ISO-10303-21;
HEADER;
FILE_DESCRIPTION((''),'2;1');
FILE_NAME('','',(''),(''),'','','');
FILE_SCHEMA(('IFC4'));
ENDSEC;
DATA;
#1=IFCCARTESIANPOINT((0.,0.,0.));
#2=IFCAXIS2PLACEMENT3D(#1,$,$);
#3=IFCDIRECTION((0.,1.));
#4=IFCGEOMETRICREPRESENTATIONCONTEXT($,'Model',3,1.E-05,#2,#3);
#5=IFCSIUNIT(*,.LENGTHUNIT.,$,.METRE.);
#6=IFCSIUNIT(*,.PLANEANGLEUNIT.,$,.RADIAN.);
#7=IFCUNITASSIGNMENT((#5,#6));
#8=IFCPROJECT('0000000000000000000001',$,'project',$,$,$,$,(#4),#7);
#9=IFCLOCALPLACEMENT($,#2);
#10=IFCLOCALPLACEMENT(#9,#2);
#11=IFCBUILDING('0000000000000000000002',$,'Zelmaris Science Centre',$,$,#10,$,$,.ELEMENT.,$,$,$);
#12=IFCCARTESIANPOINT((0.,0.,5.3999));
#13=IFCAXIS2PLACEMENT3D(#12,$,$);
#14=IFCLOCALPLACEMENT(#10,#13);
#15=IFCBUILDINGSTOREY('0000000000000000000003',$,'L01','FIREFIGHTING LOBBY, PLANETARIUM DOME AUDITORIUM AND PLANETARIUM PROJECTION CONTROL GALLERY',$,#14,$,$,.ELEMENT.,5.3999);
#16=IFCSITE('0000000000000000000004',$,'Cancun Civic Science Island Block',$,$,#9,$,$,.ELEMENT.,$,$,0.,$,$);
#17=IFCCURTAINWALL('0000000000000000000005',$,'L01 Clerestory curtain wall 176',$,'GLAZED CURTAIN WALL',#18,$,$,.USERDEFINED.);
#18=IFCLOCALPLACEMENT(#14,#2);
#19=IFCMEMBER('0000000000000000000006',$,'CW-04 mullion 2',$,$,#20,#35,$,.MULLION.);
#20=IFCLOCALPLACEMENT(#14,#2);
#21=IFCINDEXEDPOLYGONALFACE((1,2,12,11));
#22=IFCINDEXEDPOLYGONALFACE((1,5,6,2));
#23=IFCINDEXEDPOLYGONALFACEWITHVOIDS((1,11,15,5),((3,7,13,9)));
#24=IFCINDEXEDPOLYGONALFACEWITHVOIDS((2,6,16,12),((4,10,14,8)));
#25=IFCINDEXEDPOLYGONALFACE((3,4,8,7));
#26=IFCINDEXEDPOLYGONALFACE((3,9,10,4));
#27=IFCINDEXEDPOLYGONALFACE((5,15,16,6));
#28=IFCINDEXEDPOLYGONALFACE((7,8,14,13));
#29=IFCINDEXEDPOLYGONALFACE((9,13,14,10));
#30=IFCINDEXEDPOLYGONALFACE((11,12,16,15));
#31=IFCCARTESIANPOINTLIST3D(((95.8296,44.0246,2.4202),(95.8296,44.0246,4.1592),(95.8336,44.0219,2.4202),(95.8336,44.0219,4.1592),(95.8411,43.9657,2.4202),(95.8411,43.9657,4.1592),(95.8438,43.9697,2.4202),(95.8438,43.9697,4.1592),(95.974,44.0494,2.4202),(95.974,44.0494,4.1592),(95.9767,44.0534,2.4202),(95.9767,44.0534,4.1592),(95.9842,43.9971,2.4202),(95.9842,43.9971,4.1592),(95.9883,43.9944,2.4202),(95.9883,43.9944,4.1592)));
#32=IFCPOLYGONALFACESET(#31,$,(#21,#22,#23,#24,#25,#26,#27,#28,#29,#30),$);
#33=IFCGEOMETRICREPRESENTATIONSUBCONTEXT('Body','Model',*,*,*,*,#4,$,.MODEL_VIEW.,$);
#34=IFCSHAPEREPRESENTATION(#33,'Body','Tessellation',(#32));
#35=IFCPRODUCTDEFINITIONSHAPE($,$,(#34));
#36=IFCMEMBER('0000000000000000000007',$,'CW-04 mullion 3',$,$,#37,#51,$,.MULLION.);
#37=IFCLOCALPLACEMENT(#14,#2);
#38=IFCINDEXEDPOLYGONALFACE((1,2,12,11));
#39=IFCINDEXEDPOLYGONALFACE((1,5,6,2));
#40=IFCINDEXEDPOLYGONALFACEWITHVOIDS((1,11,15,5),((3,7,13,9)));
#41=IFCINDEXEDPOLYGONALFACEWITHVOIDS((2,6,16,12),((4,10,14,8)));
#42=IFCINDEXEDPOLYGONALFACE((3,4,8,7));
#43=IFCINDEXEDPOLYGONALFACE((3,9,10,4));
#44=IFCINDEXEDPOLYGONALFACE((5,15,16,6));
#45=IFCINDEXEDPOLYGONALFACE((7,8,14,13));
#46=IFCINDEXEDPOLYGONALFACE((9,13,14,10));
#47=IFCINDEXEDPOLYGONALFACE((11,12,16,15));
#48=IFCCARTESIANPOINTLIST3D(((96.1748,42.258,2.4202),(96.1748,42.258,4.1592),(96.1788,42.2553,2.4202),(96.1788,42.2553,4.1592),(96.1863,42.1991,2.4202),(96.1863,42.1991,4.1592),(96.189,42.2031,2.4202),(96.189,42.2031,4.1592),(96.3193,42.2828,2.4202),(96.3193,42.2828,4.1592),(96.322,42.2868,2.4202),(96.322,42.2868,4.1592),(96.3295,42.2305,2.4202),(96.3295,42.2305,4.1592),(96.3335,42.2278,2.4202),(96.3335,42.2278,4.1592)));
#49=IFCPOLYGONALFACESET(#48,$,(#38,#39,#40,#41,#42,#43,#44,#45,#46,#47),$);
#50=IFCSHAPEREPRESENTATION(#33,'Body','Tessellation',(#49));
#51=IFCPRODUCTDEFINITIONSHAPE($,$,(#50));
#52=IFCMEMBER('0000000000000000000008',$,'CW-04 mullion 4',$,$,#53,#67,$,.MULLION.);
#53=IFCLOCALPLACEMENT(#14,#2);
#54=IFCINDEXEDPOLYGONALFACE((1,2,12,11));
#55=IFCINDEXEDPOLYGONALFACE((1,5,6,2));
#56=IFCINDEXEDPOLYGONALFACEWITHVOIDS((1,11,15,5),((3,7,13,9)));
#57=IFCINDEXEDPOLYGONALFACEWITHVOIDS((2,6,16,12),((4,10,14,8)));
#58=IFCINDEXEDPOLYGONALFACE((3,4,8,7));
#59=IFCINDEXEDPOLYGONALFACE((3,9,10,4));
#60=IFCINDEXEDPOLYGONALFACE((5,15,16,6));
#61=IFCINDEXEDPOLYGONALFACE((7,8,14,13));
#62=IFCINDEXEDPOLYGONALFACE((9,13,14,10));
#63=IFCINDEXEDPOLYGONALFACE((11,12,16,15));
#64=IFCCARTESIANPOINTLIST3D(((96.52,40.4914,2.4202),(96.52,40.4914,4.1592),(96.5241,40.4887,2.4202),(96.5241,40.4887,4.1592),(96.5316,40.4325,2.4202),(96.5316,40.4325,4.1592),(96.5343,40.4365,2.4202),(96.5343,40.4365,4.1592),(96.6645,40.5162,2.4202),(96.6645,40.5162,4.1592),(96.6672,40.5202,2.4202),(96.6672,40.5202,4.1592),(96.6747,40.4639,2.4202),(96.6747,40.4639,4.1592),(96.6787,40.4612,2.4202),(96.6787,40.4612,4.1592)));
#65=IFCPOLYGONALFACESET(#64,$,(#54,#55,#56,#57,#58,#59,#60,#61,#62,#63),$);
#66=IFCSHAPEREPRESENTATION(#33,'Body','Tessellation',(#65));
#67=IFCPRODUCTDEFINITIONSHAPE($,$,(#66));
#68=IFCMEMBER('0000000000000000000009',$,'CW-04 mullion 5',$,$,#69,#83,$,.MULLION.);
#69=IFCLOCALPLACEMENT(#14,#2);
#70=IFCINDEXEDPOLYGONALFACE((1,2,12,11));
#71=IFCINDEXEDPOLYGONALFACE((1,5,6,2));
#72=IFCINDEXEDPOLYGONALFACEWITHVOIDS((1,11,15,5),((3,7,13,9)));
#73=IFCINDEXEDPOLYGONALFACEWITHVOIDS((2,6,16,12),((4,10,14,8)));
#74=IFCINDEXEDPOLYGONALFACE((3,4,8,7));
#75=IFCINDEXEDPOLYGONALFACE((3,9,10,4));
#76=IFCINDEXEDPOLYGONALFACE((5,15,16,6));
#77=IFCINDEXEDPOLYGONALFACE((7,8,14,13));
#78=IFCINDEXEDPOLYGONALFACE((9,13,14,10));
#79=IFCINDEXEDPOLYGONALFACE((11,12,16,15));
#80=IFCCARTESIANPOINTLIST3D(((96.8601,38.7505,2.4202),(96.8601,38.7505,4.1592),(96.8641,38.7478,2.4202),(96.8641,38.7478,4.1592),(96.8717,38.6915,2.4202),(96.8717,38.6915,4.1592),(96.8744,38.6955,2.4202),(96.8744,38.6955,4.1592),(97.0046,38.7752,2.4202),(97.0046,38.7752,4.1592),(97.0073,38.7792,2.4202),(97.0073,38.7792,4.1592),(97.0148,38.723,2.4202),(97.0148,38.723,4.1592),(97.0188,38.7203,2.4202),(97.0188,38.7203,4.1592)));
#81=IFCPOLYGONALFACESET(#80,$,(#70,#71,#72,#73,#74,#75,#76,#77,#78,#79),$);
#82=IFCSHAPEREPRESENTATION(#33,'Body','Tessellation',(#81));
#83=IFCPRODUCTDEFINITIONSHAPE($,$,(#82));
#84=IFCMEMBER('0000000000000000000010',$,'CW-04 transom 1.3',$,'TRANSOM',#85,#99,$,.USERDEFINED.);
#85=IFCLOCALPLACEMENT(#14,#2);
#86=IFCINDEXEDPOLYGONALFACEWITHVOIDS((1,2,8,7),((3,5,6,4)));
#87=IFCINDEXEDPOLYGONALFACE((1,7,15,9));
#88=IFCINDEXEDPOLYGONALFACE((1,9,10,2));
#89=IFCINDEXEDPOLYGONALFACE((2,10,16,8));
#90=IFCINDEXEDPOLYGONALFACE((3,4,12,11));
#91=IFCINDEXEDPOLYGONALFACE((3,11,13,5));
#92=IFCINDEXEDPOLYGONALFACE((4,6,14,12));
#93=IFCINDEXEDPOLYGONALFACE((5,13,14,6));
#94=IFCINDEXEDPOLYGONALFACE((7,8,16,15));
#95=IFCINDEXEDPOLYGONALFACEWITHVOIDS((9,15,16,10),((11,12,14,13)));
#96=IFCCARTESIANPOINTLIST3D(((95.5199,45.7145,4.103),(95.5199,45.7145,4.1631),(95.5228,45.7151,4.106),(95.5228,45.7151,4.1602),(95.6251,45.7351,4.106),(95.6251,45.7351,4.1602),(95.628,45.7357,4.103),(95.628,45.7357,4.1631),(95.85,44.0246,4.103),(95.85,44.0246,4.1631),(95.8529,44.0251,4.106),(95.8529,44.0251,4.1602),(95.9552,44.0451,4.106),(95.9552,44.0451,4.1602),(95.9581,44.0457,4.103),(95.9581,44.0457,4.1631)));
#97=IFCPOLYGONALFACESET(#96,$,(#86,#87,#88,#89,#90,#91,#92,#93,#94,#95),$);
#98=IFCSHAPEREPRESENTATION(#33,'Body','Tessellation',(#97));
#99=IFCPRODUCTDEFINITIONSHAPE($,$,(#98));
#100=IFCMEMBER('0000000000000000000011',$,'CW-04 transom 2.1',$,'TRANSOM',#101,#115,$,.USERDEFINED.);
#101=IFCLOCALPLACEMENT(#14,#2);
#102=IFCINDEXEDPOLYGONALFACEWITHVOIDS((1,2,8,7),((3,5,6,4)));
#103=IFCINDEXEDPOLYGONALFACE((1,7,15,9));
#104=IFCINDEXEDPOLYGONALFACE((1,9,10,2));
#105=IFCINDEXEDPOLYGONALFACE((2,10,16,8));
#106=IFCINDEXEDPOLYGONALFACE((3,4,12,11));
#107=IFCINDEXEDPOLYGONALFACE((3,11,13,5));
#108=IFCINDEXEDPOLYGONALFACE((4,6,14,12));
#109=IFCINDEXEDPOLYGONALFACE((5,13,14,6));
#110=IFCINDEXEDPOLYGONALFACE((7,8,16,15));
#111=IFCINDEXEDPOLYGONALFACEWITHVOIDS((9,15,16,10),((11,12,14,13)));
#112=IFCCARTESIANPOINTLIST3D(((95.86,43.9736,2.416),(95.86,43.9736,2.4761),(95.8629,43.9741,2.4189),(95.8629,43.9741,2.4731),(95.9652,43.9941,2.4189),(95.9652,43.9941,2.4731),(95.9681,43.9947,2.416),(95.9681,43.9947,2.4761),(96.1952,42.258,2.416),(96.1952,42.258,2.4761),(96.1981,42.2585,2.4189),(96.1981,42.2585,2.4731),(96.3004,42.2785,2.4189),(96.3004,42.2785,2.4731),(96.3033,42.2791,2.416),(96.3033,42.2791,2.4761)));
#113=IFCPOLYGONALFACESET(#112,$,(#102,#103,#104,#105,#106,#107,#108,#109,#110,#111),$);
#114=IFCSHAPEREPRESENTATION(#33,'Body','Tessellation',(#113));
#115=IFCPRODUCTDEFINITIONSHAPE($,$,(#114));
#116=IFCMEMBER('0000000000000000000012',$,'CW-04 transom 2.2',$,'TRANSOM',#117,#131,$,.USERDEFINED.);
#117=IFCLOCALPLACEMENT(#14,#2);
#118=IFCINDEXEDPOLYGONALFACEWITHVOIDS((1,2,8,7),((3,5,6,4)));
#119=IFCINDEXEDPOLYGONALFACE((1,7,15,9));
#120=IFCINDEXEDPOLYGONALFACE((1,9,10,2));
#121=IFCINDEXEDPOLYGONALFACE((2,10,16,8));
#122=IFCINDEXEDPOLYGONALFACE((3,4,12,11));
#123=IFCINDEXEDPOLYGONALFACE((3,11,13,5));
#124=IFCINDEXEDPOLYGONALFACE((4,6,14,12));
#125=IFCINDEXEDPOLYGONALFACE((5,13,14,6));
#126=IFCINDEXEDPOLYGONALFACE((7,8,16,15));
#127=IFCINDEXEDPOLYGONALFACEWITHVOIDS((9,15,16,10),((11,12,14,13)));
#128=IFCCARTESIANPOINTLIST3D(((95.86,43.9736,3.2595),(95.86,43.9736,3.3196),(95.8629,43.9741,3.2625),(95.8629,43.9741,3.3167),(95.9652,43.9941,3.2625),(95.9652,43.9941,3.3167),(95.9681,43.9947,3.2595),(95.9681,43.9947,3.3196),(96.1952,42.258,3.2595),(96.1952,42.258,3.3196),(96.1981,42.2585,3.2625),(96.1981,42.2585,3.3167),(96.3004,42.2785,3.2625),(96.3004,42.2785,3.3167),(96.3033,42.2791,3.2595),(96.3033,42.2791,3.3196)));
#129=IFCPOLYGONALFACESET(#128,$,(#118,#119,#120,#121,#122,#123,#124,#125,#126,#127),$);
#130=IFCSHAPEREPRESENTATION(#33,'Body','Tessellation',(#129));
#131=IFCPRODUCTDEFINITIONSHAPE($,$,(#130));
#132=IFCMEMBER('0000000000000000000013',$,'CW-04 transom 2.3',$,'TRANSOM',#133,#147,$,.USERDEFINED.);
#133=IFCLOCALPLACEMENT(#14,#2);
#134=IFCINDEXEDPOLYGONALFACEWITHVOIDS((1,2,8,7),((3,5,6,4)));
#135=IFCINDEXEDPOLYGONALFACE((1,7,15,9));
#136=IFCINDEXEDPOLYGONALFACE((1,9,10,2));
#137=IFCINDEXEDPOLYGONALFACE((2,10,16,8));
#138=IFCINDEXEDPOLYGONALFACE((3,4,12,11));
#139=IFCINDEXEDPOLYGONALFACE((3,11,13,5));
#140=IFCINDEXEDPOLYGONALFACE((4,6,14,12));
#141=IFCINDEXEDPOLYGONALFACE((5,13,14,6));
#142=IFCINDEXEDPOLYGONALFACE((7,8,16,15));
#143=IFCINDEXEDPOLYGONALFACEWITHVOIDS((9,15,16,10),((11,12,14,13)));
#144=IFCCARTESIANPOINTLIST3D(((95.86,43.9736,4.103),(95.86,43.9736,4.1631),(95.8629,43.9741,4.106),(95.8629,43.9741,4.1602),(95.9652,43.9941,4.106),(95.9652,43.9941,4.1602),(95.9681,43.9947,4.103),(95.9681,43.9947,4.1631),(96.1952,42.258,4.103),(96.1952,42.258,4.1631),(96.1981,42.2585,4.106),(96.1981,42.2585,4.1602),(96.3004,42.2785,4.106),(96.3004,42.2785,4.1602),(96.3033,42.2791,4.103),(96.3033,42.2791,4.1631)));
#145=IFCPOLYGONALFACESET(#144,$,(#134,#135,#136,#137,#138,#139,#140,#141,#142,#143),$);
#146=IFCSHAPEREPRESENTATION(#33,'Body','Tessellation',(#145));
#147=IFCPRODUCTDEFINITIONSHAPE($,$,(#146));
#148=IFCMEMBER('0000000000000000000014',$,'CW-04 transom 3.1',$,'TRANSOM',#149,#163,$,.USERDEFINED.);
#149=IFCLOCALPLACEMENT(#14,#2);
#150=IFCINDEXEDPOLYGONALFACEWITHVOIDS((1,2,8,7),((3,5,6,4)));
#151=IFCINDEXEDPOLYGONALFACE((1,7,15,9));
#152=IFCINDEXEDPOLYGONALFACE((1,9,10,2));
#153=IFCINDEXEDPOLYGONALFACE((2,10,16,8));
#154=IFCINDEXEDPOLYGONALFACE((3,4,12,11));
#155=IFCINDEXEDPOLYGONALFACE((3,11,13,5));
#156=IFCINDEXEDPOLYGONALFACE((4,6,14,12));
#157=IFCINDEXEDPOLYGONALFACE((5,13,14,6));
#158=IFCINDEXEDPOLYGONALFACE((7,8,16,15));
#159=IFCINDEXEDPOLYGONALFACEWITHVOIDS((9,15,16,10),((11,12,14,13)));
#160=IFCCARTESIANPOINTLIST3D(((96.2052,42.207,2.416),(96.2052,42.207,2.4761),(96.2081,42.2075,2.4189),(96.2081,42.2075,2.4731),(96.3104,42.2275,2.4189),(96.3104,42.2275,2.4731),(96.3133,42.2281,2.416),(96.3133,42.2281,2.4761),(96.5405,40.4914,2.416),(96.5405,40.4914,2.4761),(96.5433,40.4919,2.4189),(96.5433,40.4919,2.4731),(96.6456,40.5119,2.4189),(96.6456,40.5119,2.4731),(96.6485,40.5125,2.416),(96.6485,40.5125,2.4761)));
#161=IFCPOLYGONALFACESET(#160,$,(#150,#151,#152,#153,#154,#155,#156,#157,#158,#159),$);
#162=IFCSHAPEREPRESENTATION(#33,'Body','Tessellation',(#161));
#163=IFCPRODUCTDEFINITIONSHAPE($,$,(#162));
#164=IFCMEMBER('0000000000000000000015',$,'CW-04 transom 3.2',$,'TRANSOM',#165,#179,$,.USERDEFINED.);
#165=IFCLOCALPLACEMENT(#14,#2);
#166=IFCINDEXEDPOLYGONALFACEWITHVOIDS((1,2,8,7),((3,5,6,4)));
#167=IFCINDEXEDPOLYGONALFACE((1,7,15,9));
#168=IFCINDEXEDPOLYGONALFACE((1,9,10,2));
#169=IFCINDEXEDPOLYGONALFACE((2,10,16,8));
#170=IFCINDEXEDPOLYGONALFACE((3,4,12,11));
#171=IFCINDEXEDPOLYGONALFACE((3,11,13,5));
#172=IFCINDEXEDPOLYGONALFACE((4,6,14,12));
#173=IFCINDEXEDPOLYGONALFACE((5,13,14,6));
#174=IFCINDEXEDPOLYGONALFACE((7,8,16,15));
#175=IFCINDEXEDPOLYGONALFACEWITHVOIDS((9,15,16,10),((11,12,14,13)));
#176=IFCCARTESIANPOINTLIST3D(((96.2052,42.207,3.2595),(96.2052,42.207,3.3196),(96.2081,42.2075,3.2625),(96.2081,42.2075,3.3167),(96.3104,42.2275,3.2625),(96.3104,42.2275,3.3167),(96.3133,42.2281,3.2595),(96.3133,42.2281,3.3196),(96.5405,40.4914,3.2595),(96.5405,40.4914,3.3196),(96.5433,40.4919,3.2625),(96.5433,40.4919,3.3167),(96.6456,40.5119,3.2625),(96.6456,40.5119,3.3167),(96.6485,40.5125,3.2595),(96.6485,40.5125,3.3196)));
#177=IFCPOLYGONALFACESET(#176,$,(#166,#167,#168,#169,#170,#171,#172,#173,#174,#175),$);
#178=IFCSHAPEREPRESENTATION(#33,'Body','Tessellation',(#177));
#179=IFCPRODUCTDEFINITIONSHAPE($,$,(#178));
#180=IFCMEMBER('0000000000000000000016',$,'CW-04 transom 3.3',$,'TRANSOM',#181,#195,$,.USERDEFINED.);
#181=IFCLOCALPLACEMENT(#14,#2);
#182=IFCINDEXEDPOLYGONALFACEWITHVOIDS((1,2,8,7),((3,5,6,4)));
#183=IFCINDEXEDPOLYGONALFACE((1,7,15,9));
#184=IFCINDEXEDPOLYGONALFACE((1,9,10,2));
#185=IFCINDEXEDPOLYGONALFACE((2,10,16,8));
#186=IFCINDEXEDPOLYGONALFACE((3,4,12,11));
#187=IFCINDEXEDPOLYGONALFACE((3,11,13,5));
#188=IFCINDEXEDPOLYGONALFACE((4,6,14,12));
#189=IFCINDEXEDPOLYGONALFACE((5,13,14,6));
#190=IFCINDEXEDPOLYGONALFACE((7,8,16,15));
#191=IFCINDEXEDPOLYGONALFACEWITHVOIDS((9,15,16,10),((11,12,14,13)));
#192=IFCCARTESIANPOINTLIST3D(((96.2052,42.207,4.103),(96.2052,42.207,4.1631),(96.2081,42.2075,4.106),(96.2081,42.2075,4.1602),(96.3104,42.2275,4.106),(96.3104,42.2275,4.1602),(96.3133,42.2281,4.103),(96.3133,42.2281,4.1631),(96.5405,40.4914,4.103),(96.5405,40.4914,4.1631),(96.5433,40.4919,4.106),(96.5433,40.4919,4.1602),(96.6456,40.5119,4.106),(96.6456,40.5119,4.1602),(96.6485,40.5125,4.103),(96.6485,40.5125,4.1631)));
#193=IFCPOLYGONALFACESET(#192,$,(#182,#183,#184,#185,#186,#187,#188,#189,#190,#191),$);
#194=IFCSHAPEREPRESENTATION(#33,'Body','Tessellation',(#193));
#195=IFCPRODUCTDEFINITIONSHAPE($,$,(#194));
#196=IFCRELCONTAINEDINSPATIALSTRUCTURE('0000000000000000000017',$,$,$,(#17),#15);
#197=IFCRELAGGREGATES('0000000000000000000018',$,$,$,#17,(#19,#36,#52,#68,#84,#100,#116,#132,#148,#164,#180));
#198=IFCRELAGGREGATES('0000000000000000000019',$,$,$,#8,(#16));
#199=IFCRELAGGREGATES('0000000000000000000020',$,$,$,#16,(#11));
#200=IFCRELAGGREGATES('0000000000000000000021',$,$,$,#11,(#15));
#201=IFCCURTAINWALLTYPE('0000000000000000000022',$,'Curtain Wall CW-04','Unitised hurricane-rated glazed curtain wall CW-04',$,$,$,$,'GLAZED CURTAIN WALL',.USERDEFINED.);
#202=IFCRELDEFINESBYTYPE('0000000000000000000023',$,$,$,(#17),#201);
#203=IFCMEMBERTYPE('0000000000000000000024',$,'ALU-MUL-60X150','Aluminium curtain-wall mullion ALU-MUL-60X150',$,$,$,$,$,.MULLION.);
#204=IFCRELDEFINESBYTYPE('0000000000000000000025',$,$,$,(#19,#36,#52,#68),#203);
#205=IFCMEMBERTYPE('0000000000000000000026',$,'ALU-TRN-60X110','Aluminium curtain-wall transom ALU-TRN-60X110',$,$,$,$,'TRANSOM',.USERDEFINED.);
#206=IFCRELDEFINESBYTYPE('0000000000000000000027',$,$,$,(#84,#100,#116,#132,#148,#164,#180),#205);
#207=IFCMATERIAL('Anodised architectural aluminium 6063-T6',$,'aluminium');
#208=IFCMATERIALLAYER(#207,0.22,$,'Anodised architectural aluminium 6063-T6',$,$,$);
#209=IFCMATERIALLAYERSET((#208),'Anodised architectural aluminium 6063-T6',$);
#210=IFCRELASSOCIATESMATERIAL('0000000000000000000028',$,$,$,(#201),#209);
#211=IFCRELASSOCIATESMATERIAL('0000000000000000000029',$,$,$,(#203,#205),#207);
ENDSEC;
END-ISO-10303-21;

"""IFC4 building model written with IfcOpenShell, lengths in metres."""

from ifc_helpers import new_model, si_unit, direction, frame, origin, origin_2d, place, context, subcontext, project, spatial, hollow_rectangle, extrude, material, layer, layer_set, material_profile, profile_set, type_object, element, aggregate, save


model = new_model("IFC4")

# Units and contexts
model_context = context("Model", 3, precision=1e-05, world=origin(), true_north=direction((0.0, 1.0)))
body_context = subcontext(model_context, "Body", "Model", "MODEL_VIEW")
ifc_project = project(units=[si_unit("LENGTHUNIT", "METRE"), si_unit("PLANEANGLEUNIT", "RADIAN")], contexts=[model_context])

# Site, building, storey
site_placement = place(None, origin())
site = spatial("IfcSite", under=ifc_project, at=site_placement, Name="Cancun Civic Science Island Block", CompositionType="ELEMENT", RefElevation=0.0)
building_placement = place(site_placement, origin())
building = spatial("IfcBuilding", under=site, at=building_placement, Name="Zelmaris Science Centre", CompositionType="ELEMENT")
storey_placement = place(building_placement, frame((0.0, 0.0, 5.3999)))
storey = spatial("IfcBuildingStorey", under=building, at=storey_placement, Name="L01", Description="FIREFIGHTING LOBBY, PLANETARIUM DOME AUDITORIUM AND PLANETARIUM PROJECTION CONTROL GALLERY", CompositionType="ELEMENT", Elevation=5.3999)

# Curtain wall, members
ifc_material_1 = material(Name="Anodised architectural aluminium 6063-T6", Category="aluminium")
ifc_layer_1 = layer(ifc_material_1, 0.22, Name="Anodised architectural aluminium 6063-T6")
ifc_layer_set_1 = layer_set([ifc_layer_1], Name="Anodised architectural aluminium 6063-T6")
curtain_wall_type = type_object("IfcCurtainWallType", Name="Curtain Wall CW-04", Description="Unitised hurricane-rated glazed curtain wall CW-04", ElementType="GLAZED CURTAIN WALL", PredefinedType="USERDEFINED", material=ifc_layer_set_1)
curtain_wall_placement = place(storey_placement, origin())
curtain_wall = element("IfcCurtainWall", 1, at=curtain_wall_placement, inside=storey, type_object=curtain_wall_type, Name="L01 Clerestory curtain wall 176", ObjectType="GLAZED CURTAIN WALL", PredefinedType="USERDEFINED")
ifc_material_profile_1 = material_profile(ifc_material_1, hollow_rectangle(XDim=0.0601, YDim=0.1499, WallThickness=0.0034, at=origin_2d()), Name="ALU-MUL-60X150")
ifc_profile_set_1 = profile_set([ifc_material_profile_1], Name="Anodised architectural aluminium 6063-T6")
member_type_1 = type_object("IfcMemberType", Name="ALU-MUL-60X150", Description="Aluminium curtain-wall mullion ALU-MUL-60X150", PredefinedType="MULLION", material=ifc_profile_set_1)
member_1_placement = place(storey_placement, frame((95.9089, 44.0095, 2.4202), z_axis=(0.0, 0.0, 1.0), x_axis=(0.191749, -0.981444, 0.0)))
member_1 = element("IfcMember", 2, at=member_1_placement, type_object=member_type_1, Name="CW-04 mullion 2", PredefinedType="MULLION", context=body_context, shape_type="SweptSolid", body=[
    extrude(hollow_rectangle(XDim=0.0601, YDim=0.1499, WallThickness=0.0034, at=origin_2d()), origin(), (0.0, 0.0, 1.0), 1.739),
])
member_2_placement = place(storey_placement, frame((96.2542, 42.2429, 2.4202), z_axis=(0.0, 0.0, 1.0), x_axis=(0.191749, -0.981444, 0.0)))
member_2 = element("IfcMember", 3, at=member_2_placement, type_object=member_type_1, Name="CW-04 mullion 3", PredefinedType="MULLION", context=body_context, shape_type="SweptSolid", body=[
    extrude(hollow_rectangle(XDim=0.0601, YDim=0.1499, WallThickness=0.0034, at=origin_2d()), origin(), (0.0, 0.0, 1.0), 1.739),
])
member_3_placement = place(storey_placement, frame((96.5994, 40.4763, 2.4202), z_axis=(0.0, 0.0, 1.0), x_axis=(0.191749, -0.981444, 0.0)))
member_3 = element("IfcMember", 4, at=member_3_placement, type_object=member_type_1, Name="CW-04 mullion 4", PredefinedType="MULLION", context=body_context, shape_type="SweptSolid", body=[
    extrude(hollow_rectangle(XDim=0.0601, YDim=0.1499, WallThickness=0.0034, at=origin_2d()), origin(), (0.0, 0.0, 1.0), 1.739),
])
member_4_placement = place(storey_placement, frame((96.9395, 38.7354, 2.4202), z_axis=(0.0, 0.0, 1.0), x_axis=(0.191749, -0.981444, 0.0)))
member_4 = element("IfcMember", 5, at=member_4_placement, type_object=member_type_1, Name="CW-04 mullion 5", PredefinedType="MULLION", context=body_context, shape_type="SweptSolid", body=[
    extrude(hollow_rectangle(XDim=0.0601, YDim=0.1499, WallThickness=0.0034, at=origin_2d()), origin(), (0.0, 0.0, 1.0), 1.739),
])
ifc_material_profile_2 = material_profile(ifc_material_1, hollow_rectangle(XDim=0.0601, YDim=0.1101, WallThickness=0.0029, at=origin_2d()), Name="ALU-TRN-60X110")
ifc_profile_set_2 = profile_set([ifc_material_profile_2], Name="Anodised architectural aluminium 6063-T6")
member_type_2 = type_object("IfcMemberType", Name="ALU-TRN-60X110", Description="Aluminium curtain-wall transom ALU-TRN-60X110", ElementType="TRANSOM", PredefinedType="USERDEFINED", material=ifc_profile_set_2)
member_5_placement = place(storey_placement, frame((95.574, 45.7251, 4.1331), z_axis=(0.191697, -0.981454, 0.0), x_axis=(0.0, 0.0, 1.0)))
member_5 = element("IfcMember", 6, at=member_5_placement, type_object=member_type_2, Name="CW-04 transom 1.3", ObjectType="TRANSOM", PredefinedType="USERDEFINED", context=body_context, shape_type="SweptSolid", body=[
    extrude(hollow_rectangle(XDim=0.0601, YDim=0.1101, WallThickness=0.0029, at=origin_2d()), origin(), (0.0, 0.0, 1.0), 1.7219),
])
member_6_placement = place(storey_placement, frame((95.9141, 43.9841, 2.446), z_axis=(0.191763, -0.981441, 0.0), x_axis=(0.0, 0.0, 1.0)))
member_6 = element("IfcMember", 7, at=member_6_placement, type_object=member_type_2, Name="CW-04 transom 2.1", ObjectType="TRANSOM", PredefinedType="USERDEFINED", context=body_context, shape_type="SweptSolid", body=[
    extrude(hollow_rectangle(XDim=0.0601, YDim=0.1101, WallThickness=0.0029, at=origin_2d()), origin(), (0.0, 0.0, 1.0), 1.748),
])
member_7_placement = place(storey_placement, frame((95.9141, 43.9841, 3.2896), z_axis=(0.191763, -0.981441, 0.0), x_axis=(0.0, 0.0, 1.0)))
member_7 = element("IfcMember", 8, at=member_7_placement, type_object=member_type_2, Name="CW-04 transom 2.2", ObjectType="TRANSOM", PredefinedType="USERDEFINED", context=body_context, shape_type="SweptSolid", body=[
    extrude(hollow_rectangle(XDim=0.0601, YDim=0.1101, WallThickness=0.0029, at=origin_2d()), origin(), (0.0, 0.0, 1.0), 1.748),
])
member_8_placement = place(storey_placement, frame((95.9141, 43.9841, 4.1331), z_axis=(0.191763, -0.981441, 0.0), x_axis=(0.0, 0.0, 1.0)))
member_8 = element("IfcMember", 9, at=member_8_placement, type_object=member_type_2, Name="CW-04 transom 2.3", ObjectType="TRANSOM", PredefinedType="USERDEFINED", context=body_context, shape_type="SweptSolid", body=[
    extrude(hollow_rectangle(XDim=0.0601, YDim=0.1101, WallThickness=0.0029, at=origin_2d()), origin(), (0.0, 0.0, 1.0), 1.748),
])
member_9_placement = place(storey_placement, frame((96.2593, 42.2175, 2.446), z_axis=(0.191763, -0.981441, 0.0), x_axis=(0.0, 0.0, 1.0)))
member_9 = element("IfcMember", 10, at=member_9_placement, type_object=member_type_2, Name="CW-04 transom 3.1", ObjectType="TRANSOM", PredefinedType="USERDEFINED", context=body_context, shape_type="SweptSolid", body=[
    extrude(hollow_rectangle(XDim=0.0601, YDim=0.1101, WallThickness=0.0029, at=origin_2d()), origin(), (0.0, 0.0, 1.0), 1.748),
])
member_10_placement = place(storey_placement, frame((96.2593, 42.2175, 3.2896), z_axis=(0.191763, -0.981441, 0.0), x_axis=(0.0, 0.0, 1.0)))
member_10 = element("IfcMember", 11, at=member_10_placement, type_object=member_type_2, Name="CW-04 transom 3.2", ObjectType="TRANSOM", PredefinedType="USERDEFINED", context=body_context, shape_type="SweptSolid", body=[
    extrude(hollow_rectangle(XDim=0.0601, YDim=0.1101, WallThickness=0.0029, at=origin_2d()), origin(), (0.0, 0.0, 1.0), 1.748),
])
member_11_placement = place(storey_placement, frame((96.2593, 42.2175, 4.1331), z_axis=(0.191763, -0.981441, 0.0), x_axis=(0.0, 0.0, 1.0)))
member_11 = element("IfcMember", 12, at=member_11_placement, type_object=member_type_2, Name="CW-04 transom 3.3", ObjectType="TRANSOM", PredefinedType="USERDEFINED", context=body_context, shape_type="SweptSolid", body=[
    extrude(hollow_rectangle(XDim=0.0601, YDim=0.1101, WallThickness=0.0029, at=origin_2d()), origin(), (0.0, 0.0, 1.0), 1.748),
])
aggregate(curtain_wall, [member_1, member_2, member_3, member_4, member_5, member_6, member_7, member_8, member_9, member_10, member_11])

save(model, "model.ifc")
